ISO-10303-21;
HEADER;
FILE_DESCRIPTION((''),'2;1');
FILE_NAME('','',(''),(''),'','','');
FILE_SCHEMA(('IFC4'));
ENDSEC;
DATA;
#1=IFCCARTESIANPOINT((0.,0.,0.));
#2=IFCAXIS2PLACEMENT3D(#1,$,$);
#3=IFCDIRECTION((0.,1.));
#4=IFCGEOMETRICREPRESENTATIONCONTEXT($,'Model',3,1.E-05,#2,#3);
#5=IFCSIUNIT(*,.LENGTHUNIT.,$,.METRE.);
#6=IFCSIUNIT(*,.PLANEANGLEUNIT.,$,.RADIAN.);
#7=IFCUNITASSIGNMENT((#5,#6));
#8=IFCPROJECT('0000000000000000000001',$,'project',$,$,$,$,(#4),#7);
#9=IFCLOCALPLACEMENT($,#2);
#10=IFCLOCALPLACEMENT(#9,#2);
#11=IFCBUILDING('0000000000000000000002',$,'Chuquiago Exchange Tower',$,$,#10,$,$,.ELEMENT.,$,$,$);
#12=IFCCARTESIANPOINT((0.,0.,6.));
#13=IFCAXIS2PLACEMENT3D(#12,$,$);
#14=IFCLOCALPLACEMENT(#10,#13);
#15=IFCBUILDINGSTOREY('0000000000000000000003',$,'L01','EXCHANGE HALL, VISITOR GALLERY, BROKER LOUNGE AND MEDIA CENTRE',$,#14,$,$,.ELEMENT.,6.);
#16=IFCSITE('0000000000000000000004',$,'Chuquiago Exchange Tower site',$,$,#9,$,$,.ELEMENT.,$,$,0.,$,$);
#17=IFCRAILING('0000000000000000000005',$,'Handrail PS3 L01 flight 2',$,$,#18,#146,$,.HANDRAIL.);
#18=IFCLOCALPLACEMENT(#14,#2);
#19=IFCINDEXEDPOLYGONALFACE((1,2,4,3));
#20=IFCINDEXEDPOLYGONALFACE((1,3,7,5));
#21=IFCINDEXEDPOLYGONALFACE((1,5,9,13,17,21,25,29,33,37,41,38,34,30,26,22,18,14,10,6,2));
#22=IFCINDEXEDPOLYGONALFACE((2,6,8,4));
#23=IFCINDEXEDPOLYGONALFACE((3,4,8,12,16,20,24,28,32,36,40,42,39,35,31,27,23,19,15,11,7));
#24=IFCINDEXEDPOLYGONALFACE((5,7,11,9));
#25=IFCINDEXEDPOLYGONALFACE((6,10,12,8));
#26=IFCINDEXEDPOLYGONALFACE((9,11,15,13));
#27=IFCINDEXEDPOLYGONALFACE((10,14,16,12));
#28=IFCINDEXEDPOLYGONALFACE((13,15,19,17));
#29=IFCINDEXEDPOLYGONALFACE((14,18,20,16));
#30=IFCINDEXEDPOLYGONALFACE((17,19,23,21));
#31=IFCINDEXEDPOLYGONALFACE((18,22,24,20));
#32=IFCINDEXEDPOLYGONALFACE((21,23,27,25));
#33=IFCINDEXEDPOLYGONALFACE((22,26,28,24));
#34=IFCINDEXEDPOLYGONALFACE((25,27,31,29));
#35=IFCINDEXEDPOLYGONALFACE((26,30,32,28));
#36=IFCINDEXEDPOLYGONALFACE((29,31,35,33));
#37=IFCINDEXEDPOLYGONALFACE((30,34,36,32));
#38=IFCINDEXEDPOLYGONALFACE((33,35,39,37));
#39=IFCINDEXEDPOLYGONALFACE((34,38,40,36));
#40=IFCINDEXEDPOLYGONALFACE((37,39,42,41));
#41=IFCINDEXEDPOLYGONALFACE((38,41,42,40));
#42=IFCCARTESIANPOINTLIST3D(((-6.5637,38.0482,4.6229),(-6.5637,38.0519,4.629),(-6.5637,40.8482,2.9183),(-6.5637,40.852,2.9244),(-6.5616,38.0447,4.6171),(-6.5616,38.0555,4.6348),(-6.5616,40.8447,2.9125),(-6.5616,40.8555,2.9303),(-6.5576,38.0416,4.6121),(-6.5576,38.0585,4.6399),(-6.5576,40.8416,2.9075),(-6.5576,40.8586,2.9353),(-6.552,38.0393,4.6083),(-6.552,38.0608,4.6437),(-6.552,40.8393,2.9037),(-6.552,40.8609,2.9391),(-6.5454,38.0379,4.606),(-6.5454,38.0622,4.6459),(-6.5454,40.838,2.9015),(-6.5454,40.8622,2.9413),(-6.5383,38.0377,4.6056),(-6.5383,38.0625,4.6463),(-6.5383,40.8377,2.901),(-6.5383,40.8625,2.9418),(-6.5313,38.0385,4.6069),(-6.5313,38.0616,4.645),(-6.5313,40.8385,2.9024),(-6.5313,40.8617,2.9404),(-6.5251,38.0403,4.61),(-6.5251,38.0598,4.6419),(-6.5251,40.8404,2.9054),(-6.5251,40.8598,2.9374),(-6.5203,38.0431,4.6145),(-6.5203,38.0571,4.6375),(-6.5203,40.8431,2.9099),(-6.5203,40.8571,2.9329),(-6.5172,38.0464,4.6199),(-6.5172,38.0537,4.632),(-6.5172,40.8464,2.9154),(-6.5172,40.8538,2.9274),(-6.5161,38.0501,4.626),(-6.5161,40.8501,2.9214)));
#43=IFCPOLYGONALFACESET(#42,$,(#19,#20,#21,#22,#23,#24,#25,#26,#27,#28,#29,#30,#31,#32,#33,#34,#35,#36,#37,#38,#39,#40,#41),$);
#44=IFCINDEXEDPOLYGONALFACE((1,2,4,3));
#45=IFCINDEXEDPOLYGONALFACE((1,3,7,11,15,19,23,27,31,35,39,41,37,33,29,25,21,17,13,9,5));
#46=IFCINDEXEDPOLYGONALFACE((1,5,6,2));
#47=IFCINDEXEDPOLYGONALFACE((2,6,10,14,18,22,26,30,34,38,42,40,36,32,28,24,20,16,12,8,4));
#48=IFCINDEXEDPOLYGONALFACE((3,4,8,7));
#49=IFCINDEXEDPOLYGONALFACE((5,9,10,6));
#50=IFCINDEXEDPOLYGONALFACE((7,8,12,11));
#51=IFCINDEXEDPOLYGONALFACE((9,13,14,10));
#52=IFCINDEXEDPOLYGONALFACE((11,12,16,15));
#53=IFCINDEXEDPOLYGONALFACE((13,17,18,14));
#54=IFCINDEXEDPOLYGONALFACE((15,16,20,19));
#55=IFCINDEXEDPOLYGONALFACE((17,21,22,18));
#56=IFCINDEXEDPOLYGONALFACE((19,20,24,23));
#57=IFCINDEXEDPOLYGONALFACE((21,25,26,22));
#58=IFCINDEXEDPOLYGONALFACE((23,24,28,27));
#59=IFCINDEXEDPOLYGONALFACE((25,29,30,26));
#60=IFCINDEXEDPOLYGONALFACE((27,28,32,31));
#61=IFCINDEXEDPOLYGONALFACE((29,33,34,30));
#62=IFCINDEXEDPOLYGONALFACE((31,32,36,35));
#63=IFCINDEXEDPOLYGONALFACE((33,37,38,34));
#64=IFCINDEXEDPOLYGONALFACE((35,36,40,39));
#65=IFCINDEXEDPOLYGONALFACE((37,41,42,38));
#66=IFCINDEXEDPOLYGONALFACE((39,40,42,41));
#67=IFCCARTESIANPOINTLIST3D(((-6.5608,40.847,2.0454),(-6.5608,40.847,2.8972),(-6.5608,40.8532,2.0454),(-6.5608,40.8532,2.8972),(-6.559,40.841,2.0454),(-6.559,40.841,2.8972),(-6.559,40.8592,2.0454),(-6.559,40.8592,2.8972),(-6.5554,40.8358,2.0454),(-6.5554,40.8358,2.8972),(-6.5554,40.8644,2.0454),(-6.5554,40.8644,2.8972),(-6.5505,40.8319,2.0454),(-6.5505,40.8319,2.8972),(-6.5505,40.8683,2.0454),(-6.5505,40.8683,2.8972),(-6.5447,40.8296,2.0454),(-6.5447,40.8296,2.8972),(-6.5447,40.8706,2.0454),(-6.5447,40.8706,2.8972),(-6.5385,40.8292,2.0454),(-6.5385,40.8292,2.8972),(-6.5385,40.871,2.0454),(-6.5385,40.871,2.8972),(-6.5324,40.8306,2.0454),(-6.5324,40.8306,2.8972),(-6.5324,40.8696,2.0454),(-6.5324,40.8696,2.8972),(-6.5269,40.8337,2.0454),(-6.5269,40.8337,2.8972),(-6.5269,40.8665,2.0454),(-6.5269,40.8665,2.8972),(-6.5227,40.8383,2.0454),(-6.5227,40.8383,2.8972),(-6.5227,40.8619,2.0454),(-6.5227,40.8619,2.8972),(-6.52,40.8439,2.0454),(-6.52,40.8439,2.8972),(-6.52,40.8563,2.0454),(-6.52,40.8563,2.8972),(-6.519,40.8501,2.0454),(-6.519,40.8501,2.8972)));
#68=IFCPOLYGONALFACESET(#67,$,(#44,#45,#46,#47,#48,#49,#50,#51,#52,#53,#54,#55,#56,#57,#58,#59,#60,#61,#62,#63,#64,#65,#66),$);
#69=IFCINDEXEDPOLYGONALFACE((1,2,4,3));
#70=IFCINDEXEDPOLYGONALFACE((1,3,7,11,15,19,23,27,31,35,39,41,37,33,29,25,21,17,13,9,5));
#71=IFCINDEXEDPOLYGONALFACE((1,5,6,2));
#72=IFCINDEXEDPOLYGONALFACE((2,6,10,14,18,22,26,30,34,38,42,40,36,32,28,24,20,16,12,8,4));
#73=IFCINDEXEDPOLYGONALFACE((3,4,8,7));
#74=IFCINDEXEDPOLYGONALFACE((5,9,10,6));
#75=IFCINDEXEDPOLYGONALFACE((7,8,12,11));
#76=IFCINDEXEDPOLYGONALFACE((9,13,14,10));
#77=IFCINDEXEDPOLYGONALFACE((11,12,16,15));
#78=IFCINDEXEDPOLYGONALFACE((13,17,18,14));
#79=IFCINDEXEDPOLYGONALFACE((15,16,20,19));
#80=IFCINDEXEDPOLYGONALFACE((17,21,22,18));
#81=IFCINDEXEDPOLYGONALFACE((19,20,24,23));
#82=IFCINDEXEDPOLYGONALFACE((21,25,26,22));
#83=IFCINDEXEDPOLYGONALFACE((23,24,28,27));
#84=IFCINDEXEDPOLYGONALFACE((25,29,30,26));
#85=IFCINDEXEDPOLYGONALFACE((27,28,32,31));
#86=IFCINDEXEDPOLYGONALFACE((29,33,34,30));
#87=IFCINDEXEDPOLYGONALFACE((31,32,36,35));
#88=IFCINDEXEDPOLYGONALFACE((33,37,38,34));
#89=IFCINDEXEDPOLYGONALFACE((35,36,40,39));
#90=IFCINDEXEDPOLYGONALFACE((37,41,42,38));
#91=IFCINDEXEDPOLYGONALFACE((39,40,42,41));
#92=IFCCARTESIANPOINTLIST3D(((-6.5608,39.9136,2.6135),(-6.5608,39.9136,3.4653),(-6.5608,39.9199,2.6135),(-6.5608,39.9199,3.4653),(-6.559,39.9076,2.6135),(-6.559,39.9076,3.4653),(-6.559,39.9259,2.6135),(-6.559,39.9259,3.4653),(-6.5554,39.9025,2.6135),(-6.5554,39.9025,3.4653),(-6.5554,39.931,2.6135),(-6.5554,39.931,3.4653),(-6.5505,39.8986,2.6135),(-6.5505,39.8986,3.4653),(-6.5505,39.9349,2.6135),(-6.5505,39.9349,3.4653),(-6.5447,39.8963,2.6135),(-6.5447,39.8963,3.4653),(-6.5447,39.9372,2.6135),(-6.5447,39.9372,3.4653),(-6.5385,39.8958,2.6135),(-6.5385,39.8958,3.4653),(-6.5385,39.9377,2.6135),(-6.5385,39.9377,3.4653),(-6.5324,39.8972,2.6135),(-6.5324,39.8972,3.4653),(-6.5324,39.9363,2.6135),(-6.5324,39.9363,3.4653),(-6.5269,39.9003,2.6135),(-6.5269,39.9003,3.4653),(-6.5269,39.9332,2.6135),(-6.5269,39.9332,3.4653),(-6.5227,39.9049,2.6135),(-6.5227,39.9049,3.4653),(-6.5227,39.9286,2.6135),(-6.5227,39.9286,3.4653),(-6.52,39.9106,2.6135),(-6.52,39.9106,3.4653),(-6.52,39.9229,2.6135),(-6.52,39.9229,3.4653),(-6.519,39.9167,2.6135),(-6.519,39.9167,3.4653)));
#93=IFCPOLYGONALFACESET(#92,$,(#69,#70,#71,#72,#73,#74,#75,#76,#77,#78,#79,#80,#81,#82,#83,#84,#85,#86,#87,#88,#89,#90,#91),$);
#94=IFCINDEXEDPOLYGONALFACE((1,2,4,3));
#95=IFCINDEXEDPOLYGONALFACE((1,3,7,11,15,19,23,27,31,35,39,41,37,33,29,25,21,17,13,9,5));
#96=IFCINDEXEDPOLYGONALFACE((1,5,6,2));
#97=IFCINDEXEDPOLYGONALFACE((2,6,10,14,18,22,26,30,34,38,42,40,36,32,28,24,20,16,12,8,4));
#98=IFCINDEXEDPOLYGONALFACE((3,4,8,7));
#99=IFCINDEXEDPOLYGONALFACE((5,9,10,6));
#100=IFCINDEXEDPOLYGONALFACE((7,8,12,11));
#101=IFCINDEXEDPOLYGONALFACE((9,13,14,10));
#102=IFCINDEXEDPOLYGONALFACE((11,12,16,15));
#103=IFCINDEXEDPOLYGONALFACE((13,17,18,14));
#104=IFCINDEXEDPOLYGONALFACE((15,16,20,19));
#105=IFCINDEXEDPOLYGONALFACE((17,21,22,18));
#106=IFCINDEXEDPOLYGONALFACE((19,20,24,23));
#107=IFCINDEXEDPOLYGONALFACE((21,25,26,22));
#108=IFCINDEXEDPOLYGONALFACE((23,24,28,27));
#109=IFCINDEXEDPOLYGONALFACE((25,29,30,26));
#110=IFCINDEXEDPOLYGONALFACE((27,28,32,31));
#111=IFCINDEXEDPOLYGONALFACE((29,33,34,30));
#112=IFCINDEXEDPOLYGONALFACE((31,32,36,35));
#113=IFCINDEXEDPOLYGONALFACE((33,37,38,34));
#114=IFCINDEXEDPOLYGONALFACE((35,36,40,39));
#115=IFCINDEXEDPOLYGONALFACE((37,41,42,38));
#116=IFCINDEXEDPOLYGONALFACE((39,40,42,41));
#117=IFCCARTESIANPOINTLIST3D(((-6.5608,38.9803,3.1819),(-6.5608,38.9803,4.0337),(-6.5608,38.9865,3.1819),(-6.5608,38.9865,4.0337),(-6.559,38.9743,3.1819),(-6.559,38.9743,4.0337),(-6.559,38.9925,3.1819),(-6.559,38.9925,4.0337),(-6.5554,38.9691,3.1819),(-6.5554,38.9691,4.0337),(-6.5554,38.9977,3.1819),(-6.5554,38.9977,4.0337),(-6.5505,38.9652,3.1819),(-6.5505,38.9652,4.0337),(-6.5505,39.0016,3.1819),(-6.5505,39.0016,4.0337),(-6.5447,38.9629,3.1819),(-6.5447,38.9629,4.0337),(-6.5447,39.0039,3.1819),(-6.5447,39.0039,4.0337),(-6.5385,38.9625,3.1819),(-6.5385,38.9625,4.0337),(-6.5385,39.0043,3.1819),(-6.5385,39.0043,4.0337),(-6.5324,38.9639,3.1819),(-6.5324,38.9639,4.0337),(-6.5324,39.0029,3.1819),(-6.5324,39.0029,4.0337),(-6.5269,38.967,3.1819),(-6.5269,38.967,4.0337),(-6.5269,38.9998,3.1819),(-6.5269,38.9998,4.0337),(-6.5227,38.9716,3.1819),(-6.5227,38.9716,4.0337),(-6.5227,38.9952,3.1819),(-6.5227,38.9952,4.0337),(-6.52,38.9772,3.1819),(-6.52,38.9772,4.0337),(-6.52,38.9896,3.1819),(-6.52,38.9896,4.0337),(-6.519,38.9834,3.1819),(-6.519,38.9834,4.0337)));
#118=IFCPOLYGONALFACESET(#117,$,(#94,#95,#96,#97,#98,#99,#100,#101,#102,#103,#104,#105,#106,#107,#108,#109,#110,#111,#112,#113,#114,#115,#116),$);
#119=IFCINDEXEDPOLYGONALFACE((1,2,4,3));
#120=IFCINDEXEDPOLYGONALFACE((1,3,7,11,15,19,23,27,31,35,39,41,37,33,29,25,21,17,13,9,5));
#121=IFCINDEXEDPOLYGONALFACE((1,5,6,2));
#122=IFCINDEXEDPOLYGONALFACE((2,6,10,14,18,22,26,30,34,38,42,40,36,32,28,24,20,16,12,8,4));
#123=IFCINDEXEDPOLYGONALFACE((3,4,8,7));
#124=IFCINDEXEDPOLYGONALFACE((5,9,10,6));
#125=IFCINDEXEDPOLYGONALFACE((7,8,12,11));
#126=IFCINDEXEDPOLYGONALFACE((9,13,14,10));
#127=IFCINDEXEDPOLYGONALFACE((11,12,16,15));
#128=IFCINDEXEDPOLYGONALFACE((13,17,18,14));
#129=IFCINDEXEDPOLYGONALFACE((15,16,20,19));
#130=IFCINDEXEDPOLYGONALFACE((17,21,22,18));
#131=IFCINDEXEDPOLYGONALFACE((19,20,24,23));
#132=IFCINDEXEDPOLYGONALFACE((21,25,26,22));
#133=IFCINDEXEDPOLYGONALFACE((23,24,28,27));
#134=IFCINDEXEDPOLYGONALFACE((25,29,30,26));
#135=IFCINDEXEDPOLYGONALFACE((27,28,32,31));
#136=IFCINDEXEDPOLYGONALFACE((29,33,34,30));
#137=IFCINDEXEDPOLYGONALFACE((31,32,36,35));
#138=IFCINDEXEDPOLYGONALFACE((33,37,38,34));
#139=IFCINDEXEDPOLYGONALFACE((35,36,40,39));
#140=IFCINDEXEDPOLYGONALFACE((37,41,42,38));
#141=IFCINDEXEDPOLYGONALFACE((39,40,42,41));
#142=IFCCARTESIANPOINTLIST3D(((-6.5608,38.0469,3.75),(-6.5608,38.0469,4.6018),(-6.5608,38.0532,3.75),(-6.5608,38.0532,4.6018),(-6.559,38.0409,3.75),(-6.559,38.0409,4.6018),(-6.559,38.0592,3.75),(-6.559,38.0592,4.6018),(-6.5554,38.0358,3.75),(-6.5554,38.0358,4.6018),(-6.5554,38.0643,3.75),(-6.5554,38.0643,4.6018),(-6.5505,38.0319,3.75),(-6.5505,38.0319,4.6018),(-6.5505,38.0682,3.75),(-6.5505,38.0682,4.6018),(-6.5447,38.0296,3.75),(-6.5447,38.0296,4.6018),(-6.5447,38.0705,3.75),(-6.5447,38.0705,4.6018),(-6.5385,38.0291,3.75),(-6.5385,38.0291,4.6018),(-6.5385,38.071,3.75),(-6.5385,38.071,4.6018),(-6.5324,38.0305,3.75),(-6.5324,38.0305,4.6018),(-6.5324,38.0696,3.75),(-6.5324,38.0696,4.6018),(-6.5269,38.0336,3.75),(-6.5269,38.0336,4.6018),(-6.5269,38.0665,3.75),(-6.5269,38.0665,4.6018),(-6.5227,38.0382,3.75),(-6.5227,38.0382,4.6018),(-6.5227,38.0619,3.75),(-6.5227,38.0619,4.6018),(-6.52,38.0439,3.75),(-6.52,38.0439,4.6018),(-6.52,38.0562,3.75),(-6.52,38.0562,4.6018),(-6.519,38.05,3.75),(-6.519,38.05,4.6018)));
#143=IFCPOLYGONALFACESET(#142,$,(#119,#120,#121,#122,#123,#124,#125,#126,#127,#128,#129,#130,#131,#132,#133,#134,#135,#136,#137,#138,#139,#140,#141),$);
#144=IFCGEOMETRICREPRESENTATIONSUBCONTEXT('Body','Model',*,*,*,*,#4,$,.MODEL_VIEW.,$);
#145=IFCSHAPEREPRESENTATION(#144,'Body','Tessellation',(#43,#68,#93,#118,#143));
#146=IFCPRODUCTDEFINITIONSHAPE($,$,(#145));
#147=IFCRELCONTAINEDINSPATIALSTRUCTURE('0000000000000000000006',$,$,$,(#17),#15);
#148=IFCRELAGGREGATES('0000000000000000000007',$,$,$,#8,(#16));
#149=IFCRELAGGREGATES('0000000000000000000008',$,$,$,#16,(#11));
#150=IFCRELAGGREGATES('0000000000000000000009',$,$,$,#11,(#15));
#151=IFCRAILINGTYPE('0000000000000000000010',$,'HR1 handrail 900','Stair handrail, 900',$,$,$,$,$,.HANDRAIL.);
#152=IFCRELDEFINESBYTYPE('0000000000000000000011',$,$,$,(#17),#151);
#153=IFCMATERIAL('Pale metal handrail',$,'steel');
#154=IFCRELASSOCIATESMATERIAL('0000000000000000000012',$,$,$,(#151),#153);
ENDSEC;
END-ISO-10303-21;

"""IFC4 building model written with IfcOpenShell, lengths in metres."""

from ifc_helpers import new_model, si_unit, direction, frame, origin, origin_2d, place, context, subcontext, project, spatial, circle, extrude, material, type_object, element, save


model = new_model("IFC4")

# Units and contexts
model_context = context("Model", 3, precision=1e-05, world=origin(), true_north=direction((0.0, 1.0)))
body_context = subcontext(model_context, "Body", "Model", "MODEL_VIEW")
ifc_project = project(units=[si_unit("LENGTHUNIT", "METRE"), si_unit("PLANEANGLEUNIT", "RADIAN")], contexts=[model_context])

# Site, building, storey
site_placement = place(None, origin())
site = spatial("IfcSite", under=ifc_project, at=site_placement, Name="Chuquiago Exchange Tower site", CompositionType="ELEMENT", RefElevation=0.0)
building_placement = place(site_placement, origin())
building = spatial("IfcBuilding", under=site, at=building_placement, Name="Chuquiago Exchange Tower", CompositionType="ELEMENT")
storey_placement = place(building_placement, frame((0.0, 0.0, 6.0)))
storey = spatial("IfcBuildingStorey", under=building, at=storey_placement, Name="L01", Description="EXCHANGE HALL, VISITOR GALLERY, BROKER LOUNGE AND MEDIA CENTRE", CompositionType="ELEMENT", Elevation=6.0)

# Railing
ifc_material_1 = material(Name="Pale metal handrail", Category="steel")
railing_type = type_object("IfcRailingType", Name="HR1 handrail 900", Description="Stair handrail, 900", PredefinedType="HANDRAIL", material=ifc_material_1)
railing_placement = place(storey_placement, frame((-6.54, 40.8501, 2.0454)))
element("IfcRailing", 1, at=railing_placement, inside=storey, type_object=railing_type, Name="Handrail PS3 L01 flight 2", PredefinedType="HANDRAIL", context=body_context, shape_type="SweptSolid", body=[
    extrude(circle(Radius=0.0239, at=origin_2d()), frame((0.0, 0.0, 0.876), z_axis=(0.0, -0.85417, 0.519994), x_axis=(1.0, 0.0, 0.0)), (0.0, 0.0, 1.0), 3.2781),
    extrude(circle(Radius=0.021, at=origin_2d()), origin(), (0.0, 0.0, 1.0), 0.8518),
    extrude(circle(Radius=0.021, at=origin_2d()), frame((0.0, -0.9333, 0.5681)), (0.0, 0.0, 1.0), 0.8518),
    extrude(circle(Radius=0.021, at=origin_2d()), frame((0.0, -1.8667, 1.1365)), (0.0, 0.0, 1.0), 0.8518),
    extrude(circle(Radius=0.021, at=origin_2d()), frame((0.0, -2.8, 1.7046)), (0.0, 0.0, 1.0), 0.8518),
])

save(model, "model.ifc")
